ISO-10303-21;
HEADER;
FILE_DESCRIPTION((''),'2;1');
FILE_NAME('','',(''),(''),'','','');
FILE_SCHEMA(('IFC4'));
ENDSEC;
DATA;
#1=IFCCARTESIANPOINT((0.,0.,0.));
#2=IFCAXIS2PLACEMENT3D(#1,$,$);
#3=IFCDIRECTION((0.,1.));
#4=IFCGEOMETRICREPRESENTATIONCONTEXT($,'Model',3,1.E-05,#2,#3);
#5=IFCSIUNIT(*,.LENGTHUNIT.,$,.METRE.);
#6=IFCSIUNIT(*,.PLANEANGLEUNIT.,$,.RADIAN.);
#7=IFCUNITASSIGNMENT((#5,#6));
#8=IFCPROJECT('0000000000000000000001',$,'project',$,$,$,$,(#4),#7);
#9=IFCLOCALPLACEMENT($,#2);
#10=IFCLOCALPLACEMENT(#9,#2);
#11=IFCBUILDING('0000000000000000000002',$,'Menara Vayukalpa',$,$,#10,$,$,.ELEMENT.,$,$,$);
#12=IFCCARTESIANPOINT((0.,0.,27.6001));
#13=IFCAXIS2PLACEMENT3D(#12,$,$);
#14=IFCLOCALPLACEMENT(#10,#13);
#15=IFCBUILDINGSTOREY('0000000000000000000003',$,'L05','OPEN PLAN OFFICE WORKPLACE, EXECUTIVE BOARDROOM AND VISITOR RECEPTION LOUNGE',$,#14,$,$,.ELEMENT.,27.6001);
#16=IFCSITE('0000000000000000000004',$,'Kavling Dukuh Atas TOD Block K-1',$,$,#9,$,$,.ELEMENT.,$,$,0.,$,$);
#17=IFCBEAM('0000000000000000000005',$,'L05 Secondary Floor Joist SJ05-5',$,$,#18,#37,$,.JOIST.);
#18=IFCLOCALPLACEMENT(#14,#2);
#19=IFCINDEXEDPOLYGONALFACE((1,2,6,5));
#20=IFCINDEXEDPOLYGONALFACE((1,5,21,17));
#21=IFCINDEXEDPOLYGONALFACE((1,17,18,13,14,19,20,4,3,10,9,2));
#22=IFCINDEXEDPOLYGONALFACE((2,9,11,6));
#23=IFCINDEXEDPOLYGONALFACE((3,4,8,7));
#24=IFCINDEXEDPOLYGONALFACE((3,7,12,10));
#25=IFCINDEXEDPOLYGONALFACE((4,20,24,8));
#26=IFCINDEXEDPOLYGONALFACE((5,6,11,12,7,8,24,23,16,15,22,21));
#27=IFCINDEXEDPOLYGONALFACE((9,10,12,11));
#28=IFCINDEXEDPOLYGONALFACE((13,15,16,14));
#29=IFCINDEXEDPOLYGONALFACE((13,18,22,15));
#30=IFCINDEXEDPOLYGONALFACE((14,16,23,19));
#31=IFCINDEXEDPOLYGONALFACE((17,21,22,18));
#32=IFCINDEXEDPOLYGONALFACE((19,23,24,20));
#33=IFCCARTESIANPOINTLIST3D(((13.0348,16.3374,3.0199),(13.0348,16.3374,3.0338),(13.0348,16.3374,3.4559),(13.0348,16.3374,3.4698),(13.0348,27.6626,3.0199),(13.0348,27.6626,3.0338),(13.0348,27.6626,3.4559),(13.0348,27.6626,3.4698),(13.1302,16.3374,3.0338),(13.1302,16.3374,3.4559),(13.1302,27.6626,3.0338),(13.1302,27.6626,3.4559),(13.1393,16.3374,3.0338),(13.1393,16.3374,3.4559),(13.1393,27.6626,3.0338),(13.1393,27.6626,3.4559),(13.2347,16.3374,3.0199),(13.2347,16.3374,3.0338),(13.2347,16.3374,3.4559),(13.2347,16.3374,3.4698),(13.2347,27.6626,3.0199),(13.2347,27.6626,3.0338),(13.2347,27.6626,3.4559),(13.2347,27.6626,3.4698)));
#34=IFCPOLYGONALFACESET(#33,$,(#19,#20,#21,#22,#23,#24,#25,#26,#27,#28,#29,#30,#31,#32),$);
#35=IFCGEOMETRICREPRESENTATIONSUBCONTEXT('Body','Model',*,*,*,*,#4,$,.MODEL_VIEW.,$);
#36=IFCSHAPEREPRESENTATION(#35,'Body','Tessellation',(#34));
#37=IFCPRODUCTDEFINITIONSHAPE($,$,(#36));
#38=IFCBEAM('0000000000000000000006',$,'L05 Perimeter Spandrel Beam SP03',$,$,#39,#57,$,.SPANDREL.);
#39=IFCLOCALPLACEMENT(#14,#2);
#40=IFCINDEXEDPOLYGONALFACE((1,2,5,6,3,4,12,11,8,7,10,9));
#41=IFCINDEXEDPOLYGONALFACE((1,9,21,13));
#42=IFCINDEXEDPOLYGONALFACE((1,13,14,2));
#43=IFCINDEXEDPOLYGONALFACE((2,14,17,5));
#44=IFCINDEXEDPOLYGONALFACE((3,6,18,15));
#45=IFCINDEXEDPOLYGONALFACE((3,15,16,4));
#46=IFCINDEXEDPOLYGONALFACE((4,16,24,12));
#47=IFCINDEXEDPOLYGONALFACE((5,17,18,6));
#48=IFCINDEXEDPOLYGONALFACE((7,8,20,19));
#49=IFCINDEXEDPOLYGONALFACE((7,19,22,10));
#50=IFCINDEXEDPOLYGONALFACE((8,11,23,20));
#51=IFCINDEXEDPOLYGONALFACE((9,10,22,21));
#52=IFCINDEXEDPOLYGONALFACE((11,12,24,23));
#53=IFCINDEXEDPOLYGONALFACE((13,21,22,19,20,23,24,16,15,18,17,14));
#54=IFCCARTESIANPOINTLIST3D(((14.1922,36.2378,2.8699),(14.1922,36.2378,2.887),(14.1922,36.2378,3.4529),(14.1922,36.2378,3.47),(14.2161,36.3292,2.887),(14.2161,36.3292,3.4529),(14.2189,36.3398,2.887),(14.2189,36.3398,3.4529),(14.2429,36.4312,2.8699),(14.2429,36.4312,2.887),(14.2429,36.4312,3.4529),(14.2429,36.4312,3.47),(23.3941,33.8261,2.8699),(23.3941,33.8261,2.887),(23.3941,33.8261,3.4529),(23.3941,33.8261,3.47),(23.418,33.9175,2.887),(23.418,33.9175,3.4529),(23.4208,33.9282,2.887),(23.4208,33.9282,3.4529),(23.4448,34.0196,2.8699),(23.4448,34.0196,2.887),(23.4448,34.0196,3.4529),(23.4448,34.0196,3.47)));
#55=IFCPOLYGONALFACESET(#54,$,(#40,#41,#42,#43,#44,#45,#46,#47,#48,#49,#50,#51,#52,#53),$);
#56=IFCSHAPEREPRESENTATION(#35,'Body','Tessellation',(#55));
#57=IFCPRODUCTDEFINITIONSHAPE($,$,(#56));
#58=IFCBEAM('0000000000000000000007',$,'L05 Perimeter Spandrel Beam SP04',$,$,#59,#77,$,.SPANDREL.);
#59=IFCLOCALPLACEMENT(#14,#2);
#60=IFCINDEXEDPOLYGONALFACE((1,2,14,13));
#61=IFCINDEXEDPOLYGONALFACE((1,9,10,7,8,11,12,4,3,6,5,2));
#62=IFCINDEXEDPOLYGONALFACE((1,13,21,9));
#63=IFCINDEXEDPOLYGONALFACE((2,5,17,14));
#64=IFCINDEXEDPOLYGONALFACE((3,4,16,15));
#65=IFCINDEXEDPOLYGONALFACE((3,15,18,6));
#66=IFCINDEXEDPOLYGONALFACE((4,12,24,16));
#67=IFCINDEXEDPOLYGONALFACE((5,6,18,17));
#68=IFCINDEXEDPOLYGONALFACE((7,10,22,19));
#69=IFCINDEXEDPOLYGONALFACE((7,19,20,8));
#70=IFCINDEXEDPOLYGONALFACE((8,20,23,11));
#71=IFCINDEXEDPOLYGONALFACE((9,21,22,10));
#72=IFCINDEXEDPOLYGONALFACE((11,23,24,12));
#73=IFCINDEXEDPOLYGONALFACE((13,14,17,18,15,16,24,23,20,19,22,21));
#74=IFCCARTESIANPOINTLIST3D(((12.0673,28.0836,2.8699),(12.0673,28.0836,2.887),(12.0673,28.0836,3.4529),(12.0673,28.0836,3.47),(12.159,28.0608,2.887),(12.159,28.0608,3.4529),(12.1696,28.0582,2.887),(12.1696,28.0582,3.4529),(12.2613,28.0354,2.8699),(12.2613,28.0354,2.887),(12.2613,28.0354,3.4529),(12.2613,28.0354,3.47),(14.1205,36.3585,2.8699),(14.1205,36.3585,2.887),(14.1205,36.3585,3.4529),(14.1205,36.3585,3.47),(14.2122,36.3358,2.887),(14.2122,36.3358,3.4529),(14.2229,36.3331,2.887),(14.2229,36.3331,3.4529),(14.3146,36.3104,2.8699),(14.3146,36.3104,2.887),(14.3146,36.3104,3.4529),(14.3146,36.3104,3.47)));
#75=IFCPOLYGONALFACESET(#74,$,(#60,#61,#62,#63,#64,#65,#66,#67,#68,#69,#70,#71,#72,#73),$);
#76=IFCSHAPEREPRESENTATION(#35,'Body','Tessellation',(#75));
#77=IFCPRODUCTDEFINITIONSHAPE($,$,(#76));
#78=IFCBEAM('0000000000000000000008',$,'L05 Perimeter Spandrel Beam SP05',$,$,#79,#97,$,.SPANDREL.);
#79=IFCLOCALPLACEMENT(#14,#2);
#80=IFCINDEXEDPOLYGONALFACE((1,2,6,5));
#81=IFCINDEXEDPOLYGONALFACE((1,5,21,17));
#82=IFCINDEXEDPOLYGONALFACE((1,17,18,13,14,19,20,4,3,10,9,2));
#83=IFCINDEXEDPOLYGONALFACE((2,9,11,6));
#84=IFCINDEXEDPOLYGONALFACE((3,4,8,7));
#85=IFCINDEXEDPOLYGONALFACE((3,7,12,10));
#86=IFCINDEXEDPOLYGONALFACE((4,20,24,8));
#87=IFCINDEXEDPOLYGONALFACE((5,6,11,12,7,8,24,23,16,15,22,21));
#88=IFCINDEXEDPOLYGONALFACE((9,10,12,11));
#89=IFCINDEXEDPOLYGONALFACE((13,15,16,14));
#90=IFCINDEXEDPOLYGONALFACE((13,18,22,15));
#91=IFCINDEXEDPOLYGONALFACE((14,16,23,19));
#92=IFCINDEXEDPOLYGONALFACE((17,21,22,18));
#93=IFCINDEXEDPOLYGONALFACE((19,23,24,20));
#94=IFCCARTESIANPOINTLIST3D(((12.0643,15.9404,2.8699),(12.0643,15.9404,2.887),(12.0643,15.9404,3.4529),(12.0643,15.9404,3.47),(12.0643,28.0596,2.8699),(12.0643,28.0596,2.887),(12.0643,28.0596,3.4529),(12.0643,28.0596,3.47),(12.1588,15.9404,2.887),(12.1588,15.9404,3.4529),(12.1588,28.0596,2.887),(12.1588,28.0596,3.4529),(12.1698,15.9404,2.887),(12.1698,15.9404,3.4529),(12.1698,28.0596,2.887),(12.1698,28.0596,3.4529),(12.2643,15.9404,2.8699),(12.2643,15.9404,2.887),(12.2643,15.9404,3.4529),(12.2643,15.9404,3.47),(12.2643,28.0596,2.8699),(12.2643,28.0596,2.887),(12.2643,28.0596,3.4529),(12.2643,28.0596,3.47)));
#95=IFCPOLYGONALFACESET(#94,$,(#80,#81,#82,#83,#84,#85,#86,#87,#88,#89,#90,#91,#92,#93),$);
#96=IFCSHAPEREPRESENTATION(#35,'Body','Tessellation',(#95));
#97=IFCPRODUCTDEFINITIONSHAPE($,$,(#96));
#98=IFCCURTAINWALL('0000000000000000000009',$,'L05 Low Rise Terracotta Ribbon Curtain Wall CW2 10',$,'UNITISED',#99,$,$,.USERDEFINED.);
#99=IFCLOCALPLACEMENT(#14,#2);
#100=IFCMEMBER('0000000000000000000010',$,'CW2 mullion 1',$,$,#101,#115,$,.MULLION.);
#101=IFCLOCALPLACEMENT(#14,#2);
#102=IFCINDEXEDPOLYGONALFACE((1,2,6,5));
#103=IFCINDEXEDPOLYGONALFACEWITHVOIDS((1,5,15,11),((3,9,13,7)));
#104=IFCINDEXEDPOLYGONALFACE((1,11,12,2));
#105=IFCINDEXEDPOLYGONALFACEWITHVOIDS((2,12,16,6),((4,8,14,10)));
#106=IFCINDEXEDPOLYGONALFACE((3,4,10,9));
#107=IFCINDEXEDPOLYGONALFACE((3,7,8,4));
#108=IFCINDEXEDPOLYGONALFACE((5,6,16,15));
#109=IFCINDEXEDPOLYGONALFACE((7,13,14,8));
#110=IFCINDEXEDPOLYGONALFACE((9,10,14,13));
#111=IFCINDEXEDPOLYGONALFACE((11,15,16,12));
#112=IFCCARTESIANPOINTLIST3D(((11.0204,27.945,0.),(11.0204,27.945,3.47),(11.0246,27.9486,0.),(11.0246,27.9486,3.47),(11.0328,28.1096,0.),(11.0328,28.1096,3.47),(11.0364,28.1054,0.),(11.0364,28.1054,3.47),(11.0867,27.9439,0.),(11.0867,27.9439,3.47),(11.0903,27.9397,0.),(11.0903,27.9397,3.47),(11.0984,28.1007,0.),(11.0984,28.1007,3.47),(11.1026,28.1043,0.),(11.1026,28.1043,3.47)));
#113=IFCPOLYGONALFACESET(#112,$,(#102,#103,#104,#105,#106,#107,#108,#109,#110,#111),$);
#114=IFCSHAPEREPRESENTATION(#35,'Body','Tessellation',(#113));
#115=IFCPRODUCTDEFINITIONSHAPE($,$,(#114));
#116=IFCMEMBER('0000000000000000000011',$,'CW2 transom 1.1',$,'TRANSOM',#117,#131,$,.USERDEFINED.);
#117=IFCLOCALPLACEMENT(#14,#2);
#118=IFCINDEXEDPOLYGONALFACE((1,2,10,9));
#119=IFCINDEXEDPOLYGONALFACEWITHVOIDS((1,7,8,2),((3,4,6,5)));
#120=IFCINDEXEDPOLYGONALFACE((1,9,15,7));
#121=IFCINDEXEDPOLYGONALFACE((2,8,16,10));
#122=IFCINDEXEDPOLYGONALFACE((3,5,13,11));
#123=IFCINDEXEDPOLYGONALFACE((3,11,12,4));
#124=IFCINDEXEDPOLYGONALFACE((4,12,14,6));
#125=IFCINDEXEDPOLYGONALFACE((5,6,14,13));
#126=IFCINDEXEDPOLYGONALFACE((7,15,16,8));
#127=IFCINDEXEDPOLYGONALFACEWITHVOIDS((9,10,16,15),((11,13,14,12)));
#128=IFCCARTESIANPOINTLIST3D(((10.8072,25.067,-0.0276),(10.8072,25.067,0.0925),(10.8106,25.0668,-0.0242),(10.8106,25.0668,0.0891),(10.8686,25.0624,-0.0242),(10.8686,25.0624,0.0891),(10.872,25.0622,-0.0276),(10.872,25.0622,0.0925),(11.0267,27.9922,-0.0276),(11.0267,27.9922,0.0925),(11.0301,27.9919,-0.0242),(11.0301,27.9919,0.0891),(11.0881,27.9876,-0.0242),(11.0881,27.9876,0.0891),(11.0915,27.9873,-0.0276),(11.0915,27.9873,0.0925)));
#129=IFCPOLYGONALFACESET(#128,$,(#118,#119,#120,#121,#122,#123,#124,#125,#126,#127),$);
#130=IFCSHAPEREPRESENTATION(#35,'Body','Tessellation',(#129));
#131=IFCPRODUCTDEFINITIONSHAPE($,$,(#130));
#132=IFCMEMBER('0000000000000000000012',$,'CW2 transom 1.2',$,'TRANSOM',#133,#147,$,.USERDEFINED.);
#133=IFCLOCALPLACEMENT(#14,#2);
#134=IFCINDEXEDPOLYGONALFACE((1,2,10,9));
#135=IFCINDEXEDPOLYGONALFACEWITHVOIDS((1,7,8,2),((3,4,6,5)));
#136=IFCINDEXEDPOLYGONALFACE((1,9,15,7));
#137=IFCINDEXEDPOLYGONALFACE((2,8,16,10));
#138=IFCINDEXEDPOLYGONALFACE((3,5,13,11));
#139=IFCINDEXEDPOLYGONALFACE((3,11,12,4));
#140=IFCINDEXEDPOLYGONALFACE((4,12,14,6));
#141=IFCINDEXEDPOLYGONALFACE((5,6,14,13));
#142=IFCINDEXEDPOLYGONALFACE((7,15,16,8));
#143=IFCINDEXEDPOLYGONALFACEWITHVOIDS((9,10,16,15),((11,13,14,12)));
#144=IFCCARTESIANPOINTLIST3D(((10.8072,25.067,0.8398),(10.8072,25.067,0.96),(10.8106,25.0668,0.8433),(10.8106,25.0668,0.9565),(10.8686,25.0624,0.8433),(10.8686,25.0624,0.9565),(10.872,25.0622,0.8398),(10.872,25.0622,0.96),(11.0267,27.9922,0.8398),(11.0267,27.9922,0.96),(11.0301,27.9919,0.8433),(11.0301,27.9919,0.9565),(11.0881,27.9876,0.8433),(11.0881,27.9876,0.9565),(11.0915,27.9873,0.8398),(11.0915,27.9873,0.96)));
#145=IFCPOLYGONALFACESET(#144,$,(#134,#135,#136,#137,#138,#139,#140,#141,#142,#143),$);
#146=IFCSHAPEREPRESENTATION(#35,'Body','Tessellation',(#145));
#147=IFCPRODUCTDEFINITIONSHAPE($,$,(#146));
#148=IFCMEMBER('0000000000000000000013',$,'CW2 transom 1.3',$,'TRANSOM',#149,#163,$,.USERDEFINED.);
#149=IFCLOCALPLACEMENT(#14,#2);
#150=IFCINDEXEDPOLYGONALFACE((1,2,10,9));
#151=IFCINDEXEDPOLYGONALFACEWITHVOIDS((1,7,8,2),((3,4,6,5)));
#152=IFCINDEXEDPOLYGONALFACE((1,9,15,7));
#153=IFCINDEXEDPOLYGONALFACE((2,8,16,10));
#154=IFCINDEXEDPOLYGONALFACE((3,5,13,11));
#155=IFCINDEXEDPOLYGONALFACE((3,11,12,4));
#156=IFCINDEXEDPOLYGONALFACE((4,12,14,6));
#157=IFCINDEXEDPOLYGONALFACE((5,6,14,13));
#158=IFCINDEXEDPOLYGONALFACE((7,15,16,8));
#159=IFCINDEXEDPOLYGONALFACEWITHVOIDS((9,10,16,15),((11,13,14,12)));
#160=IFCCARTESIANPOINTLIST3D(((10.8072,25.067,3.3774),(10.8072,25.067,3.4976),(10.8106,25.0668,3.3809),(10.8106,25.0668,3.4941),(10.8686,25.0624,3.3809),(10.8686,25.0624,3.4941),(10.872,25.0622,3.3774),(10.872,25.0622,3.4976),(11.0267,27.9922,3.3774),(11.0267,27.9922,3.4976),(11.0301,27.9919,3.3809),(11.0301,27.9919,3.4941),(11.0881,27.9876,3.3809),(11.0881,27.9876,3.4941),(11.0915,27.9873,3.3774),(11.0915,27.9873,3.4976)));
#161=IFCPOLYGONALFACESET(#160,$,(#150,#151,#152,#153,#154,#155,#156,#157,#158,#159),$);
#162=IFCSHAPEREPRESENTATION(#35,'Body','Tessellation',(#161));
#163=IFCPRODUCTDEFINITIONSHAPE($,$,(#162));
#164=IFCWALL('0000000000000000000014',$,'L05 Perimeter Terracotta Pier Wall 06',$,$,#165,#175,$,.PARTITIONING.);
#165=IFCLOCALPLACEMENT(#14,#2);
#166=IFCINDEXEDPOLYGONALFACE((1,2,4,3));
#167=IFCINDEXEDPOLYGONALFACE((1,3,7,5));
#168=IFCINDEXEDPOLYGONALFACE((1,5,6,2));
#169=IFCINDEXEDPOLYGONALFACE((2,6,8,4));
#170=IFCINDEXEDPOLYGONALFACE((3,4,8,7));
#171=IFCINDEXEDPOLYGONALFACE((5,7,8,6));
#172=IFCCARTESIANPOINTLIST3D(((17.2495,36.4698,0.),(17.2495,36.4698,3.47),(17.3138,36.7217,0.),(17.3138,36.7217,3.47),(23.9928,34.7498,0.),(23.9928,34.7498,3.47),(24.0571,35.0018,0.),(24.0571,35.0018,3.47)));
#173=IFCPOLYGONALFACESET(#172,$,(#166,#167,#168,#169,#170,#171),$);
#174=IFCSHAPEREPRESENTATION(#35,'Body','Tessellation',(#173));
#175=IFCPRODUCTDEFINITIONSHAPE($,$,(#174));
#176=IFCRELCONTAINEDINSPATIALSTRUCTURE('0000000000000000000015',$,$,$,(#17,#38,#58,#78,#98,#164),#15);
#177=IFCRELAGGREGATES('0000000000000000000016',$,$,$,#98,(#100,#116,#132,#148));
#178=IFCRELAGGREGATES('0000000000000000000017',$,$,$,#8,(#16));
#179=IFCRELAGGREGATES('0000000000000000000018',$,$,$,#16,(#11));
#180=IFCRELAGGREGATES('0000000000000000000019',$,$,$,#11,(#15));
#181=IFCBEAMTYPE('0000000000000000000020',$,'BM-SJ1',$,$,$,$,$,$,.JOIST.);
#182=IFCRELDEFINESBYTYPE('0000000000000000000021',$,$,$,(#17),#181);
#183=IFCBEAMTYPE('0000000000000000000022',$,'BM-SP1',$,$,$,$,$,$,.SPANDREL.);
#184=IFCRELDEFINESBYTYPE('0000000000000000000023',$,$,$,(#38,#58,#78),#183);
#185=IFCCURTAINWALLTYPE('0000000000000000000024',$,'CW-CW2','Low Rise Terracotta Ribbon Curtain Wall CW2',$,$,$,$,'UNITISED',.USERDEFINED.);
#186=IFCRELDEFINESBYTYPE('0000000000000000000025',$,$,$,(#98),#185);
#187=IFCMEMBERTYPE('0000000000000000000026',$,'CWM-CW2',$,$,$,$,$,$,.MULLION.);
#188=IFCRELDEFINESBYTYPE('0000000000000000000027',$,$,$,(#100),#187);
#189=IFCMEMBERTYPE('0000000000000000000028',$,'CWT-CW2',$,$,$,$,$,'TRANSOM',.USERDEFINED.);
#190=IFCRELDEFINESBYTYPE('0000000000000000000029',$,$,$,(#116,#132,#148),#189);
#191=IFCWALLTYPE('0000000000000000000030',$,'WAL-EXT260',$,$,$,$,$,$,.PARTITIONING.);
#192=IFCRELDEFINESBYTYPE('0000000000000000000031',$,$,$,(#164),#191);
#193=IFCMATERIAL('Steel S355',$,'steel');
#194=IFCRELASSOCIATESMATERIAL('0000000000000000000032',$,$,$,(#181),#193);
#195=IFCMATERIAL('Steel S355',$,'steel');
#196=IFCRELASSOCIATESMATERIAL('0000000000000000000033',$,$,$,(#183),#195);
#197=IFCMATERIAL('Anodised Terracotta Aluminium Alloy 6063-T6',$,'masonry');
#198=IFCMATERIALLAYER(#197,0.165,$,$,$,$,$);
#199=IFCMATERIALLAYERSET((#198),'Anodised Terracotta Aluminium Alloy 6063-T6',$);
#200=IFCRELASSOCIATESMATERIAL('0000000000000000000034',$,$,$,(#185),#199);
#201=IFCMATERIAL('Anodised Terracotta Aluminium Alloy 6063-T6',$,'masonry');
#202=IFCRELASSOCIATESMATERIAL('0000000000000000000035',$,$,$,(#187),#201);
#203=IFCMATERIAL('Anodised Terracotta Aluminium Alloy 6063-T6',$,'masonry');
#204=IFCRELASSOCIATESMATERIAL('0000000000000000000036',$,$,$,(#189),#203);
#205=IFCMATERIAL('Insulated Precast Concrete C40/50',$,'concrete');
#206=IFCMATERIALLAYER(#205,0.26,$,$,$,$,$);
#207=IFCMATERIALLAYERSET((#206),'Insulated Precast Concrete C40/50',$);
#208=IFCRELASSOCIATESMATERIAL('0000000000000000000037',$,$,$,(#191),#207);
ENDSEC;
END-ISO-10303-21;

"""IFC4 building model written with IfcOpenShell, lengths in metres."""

from ifc_helpers import new_model, si_unit, direction, frame, frame_2d, origin, origin_2d, place, context, subcontext, project, spatial, rectangle, hollow_rectangle, i_section, extrude, material, layer, layer_set, material_profile, profile_set, type_object, element, aggregate, save


model = new_model("IFC4")

# Units and contexts
model_context = context("Model", 3, precision=1e-05, world=origin(), true_north=direction((0.0, 1.0)))
body_context = subcontext(model_context, "Body", "Model", "MODEL_VIEW")
ifc_project = project(units=[si_unit("LENGTHUNIT", "METRE"), si_unit("PLANEANGLEUNIT", "RADIAN")], contexts=[model_context])

# Site, building, storey
site_placement = place(None, origin())
site = spatial("IfcSite", under=ifc_project, at=site_placement, Name="Kavling Dukuh Atas TOD Block K-1", CompositionType="ELEMENT", RefElevation=0.0)
building_placement = place(site_placement, origin())
building = spatial("IfcBuilding", under=site, at=building_placement, Name="Menara Vayukalpa", CompositionType="ELEMENT")
storey_placement = place(building_placement, frame((0.0, 0.0, 27.6001)))
storey = spatial("IfcBuildingStorey", under=building, at=storey_placement, Name="L05", Description="OPEN PLAN OFFICE WORKPLACE, EXECUTIVE BOARDROOM AND VISITOR RECEPTION LOUNGE", CompositionType="ELEMENT", Elevation=27.6001)

# Beams
ifc_material_1 = material(Name="Steel S355", Category="steel")
ifc_material_profile_1 = material_profile(ifc_material_1, i_section(OverallWidth=0.2, OverallDepth=0.45, WebThickness=0.009, FlangeThickness=0.0139, at=origin_2d()), Name="WF 450x200x9x14")
ifc_profile_set_1 = profile_set([ifc_material_profile_1], Name="Steel S355")
beam_type_1 = type_object("IfcBeamType", Name="BM-SJ1", PredefinedType="JOIST", material=ifc_profile_set_1)
beam_1_placement = place(storey_placement, frame((13.1348, 27.6626, 3.2449), z_axis=(0.0, -1.0, 0.0), x_axis=(1.0, 0.0, 0.0)))
element("IfcBeam", 1, at=beam_1_placement, inside=storey, type_object=beam_type_1, Name="L05 Secondary Floor Joist SJ05-5", PredefinedType="JOIST", context=body_context, shape_type="SweptSolid", body=[
    extrude(i_section(OverallWidth=0.2, OverallDepth=0.45, WebThickness=0.009, FlangeThickness=0.0139, at=origin_2d()), origin(), (0.0, 0.0, 1.0), 11.3252),
])
ifc_material_2 = material(Name="Steel S355", Category="steel")
ifc_material_profile_2 = material_profile(ifc_material_2, i_section(OverallWidth=0.2, OverallDepth=0.6001, WebThickness=0.011, FlangeThickness=0.0171, at=origin_2d()), Name="WF 600x200x11x17")
ifc_profile_set_2 = profile_set([ifc_material_profile_2], Name="Steel S355")
beam_type_2 = type_object("IfcBeamType", Name="BM-SP1", PredefinedType="SPANDREL", material=ifc_profile_set_2)
beam_2_placement = place(storey_placement, frame((23.4194, 33.9229, 3.1699), z_axis=(-0.967331, 0.253517, 0.0), x_axis=(-0.253517, -0.967331, 0.0)))
element("IfcBeam", 2, at=beam_2_placement, inside=storey, type_object=beam_type_2, Name="L05 Perimeter Spandrel Beam SP03", PredefinedType="SPANDREL", context=body_context, shape_type="SweptSolid", body=[
    extrude(i_section(OverallWidth=0.2, OverallDepth=0.6001, WebThickness=0.011, FlangeThickness=0.0171, at=origin_2d()), origin(), (0.0, 0.0, 1.0), 9.5127),
])
beam_3_placement = place(storey_placement, frame((14.2175, 36.3345, 3.1699), z_axis=(-0.240824, -0.970569, 0.0), x_axis=(0.970569, -0.240824, 0.0)))
element("IfcBeam", 3, at=beam_3_placement, inside=storey, type_object=beam_type_2, Name="L05 Perimeter Spandrel Beam SP04", PredefinedType="SPANDREL", context=body_context, shape_type="SweptSolid", body=[
    extrude(i_section(OverallWidth=0.2, OverallDepth=0.6001, WebThickness=0.011, FlangeThickness=0.0171, at=origin_2d()), origin(), (0.0, 0.0, 1.0), 8.5259),
])
beam_4_placement = place(storey_placement, frame((12.1643, 28.0596, 3.1699), z_axis=(0.0, -1.0, 0.0), x_axis=(1.0, 0.0, 0.0)))
element("IfcBeam", 4, at=beam_4_placement, inside=storey, type_object=beam_type_2, Name="L05 Perimeter Spandrel Beam SP05", PredefinedType="SPANDREL", context=body_context, shape_type="SweptSolid", body=[
    extrude(i_section(OverallWidth=0.2, OverallDepth=0.6001, WebThickness=0.011, FlangeThickness=0.0171, at=origin_2d()), origin(), (0.0, 0.0, 1.0), 12.1191),
])

# Curtain wall, members
ifc_material_3 = material(Name="Anodised Terracotta Aluminium Alloy 6063-T6", Category="masonry")
ifc_layer_1 = layer(ifc_material_3, 0.165)
ifc_layer_set_1 = layer_set([ifc_layer_1], Name="Anodised Terracotta Aluminium Alloy 6063-T6")
curtain_wall_type = type_object("IfcCurtainWallType", Name="CW-CW2", Description="Low Rise Terracotta Ribbon Curtain Wall CW2", ElementType="UNITISED", PredefinedType="USERDEFINED", material=ifc_layer_set_1)
curtain_wall_placement = place(storey_placement, origin())
curtain_wall = element("IfcCurtainWall", 5, at=curtain_wall_placement, inside=storey, type_object=curtain_wall_type, Name="L05 Low Rise Terracotta Ribbon Curtain Wall CW2 10", ObjectType="UNITISED", PredefinedType="USERDEFINED")
ifc_material_4 = material(Name="Anodised Terracotta Aluminium Alloy 6063-T6", Category="masonry")
ifc_material_profile_3 = material_profile(ifc_material_4, hollow_rectangle(XDim=0.0701, YDim=0.165, WallThickness=0.0039, at=origin_2d()), Name="ALU 70x165x4")
ifc_profile_set_3 = profile_set([ifc_material_profile_3], Name="Anodised Terracotta Aluminium Alloy 6063-T6")
member_type_1 = type_object("IfcMemberType", Name="CWM-CW2", PredefinedType="MULLION", material=ifc_profile_set_3)
member_1_placement = place(storey_placement, frame((11.0615, 28.0247, 0.0), z_axis=(0.0, 0.0, 1.0), x_axis=(0.997199, -0.074795, 0.0)))
member_1 = element("IfcMember", 6, at=member_1_placement, type_object=member_type_1, Name="CW2 mullion 1", PredefinedType="MULLION", context=body_context, shape_type="SweptSolid", body=[
    extrude(hollow_rectangle(XDim=0.0701, YDim=0.165, WallThickness=0.0039, at=origin_2d()), origin(), (0.0, 0.0, 1.0), 3.47),
])
ifc_material_5 = material(Name="Anodised Terracotta Aluminium Alloy 6063-T6", Category="masonry")
ifc_material_profile_4 = material_profile(ifc_material_5, hollow_rectangle(XDim=0.0649, YDim=0.1201, WallThickness=0.0034, at=origin_2d()), Name="ALU 65x120x3.5")
ifc_profile_set_4 = profile_set([ifc_material_profile_4], Name="Anodised Terracotta Aluminium Alloy 6063-T6")
member_type_2 = type_object("IfcMemberType", Name="CWT-CW2", ElementType="TRANSOM", PredefinedType="USERDEFINED", material=ifc_profile_set_4)
member_2_placement = place(storey_placement, frame((11.0591, 27.9897, 0.0325), z_axis=(-0.074825, -0.997197, 0.0), x_axis=(0.997197, -0.074825, 0.0)))
member_2 = element("IfcMember", 7, at=member_2_placement, type_object=member_type_2, Name="CW2 transom 1.1", ObjectType="TRANSOM", PredefinedType="USERDEFINED", context=body_context, shape_type="SweptSolid", body=[
    extrude(hollow_rectangle(XDim=0.0649, YDim=0.1201, WallThickness=0.0034, at=origin_2d()), origin(), (0.0, 0.0, 1.0), 2.9333),
])
member_3_placement = place(storey_placement, frame((11.0591, 27.9897, 0.8999), z_axis=(-0.074825, -0.997197, 0.0), x_axis=(0.997197, -0.074825, 0.0)))
member_3 = element("IfcMember", 8, at=member_3_placement, type_object=member_type_2, Name="CW2 transom 1.2", ObjectType="TRANSOM", PredefinedType="USERDEFINED", context=body_context, shape_type="SweptSolid", body=[
    extrude(hollow_rectangle(XDim=0.0649, YDim=0.1201, WallThickness=0.0034, at=origin_2d()), origin(), (0.0, 0.0, 1.0), 2.9333),
])
member_4_placement = place(storey_placement, frame((11.0591, 27.9897, 3.4375), z_axis=(-0.074825, -0.997197, 0.0), x_axis=(0.997197, -0.074825, 0.0)))
member_4 = element("IfcMember", 9, at=member_4_placement, type_object=member_type_2, Name="CW2 transom 1.3", ObjectType="TRANSOM", PredefinedType="USERDEFINED", context=body_context, shape_type="SweptSolid", body=[
    extrude(hollow_rectangle(XDim=0.0649, YDim=0.1201, WallThickness=0.0034, at=origin_2d()), origin(), (0.0, 0.0, 1.0), 2.9333),
])
aggregate(curtain_wall, [member_1, member_2, member_3, member_4])

# Wall
ifc_material_6 = material(Name="Insulated Precast Concrete C40/50", Category="concrete")
ifc_layer_2 = layer(ifc_material_6, 0.26)
ifc_layer_set_2 = layer_set([ifc_layer_2], Name="Insulated Precast Concrete C40/50")
wall_type_1 = type_object("IfcWallType", Name="WAL-EXT260", PredefinedType="PARTITIONING", material=ifc_layer_set_2)
wall_1_placement = place(storey_placement, frame((17.2817, 36.5957, 0.0), z_axis=(0.0, 0.0, 1.0), x_axis=(0.968978, -0.247147, 0.0)))
element("IfcWall", 10, at=wall_1_placement, inside=storey, type_object=wall_type_1, Name="L05 Perimeter Terracotta Pier Wall 06", PredefinedType="PARTITIONING", context=body_context, shape_type="SweptSolid", body=[
    extrude(rectangle(XDim=6.9592, YDim=0.26, at=frame_2d((3.4795, 0.0))), origin(), (0.0, 0.0, 1.0), 3.47),
])

save(model, "model.ifc")
